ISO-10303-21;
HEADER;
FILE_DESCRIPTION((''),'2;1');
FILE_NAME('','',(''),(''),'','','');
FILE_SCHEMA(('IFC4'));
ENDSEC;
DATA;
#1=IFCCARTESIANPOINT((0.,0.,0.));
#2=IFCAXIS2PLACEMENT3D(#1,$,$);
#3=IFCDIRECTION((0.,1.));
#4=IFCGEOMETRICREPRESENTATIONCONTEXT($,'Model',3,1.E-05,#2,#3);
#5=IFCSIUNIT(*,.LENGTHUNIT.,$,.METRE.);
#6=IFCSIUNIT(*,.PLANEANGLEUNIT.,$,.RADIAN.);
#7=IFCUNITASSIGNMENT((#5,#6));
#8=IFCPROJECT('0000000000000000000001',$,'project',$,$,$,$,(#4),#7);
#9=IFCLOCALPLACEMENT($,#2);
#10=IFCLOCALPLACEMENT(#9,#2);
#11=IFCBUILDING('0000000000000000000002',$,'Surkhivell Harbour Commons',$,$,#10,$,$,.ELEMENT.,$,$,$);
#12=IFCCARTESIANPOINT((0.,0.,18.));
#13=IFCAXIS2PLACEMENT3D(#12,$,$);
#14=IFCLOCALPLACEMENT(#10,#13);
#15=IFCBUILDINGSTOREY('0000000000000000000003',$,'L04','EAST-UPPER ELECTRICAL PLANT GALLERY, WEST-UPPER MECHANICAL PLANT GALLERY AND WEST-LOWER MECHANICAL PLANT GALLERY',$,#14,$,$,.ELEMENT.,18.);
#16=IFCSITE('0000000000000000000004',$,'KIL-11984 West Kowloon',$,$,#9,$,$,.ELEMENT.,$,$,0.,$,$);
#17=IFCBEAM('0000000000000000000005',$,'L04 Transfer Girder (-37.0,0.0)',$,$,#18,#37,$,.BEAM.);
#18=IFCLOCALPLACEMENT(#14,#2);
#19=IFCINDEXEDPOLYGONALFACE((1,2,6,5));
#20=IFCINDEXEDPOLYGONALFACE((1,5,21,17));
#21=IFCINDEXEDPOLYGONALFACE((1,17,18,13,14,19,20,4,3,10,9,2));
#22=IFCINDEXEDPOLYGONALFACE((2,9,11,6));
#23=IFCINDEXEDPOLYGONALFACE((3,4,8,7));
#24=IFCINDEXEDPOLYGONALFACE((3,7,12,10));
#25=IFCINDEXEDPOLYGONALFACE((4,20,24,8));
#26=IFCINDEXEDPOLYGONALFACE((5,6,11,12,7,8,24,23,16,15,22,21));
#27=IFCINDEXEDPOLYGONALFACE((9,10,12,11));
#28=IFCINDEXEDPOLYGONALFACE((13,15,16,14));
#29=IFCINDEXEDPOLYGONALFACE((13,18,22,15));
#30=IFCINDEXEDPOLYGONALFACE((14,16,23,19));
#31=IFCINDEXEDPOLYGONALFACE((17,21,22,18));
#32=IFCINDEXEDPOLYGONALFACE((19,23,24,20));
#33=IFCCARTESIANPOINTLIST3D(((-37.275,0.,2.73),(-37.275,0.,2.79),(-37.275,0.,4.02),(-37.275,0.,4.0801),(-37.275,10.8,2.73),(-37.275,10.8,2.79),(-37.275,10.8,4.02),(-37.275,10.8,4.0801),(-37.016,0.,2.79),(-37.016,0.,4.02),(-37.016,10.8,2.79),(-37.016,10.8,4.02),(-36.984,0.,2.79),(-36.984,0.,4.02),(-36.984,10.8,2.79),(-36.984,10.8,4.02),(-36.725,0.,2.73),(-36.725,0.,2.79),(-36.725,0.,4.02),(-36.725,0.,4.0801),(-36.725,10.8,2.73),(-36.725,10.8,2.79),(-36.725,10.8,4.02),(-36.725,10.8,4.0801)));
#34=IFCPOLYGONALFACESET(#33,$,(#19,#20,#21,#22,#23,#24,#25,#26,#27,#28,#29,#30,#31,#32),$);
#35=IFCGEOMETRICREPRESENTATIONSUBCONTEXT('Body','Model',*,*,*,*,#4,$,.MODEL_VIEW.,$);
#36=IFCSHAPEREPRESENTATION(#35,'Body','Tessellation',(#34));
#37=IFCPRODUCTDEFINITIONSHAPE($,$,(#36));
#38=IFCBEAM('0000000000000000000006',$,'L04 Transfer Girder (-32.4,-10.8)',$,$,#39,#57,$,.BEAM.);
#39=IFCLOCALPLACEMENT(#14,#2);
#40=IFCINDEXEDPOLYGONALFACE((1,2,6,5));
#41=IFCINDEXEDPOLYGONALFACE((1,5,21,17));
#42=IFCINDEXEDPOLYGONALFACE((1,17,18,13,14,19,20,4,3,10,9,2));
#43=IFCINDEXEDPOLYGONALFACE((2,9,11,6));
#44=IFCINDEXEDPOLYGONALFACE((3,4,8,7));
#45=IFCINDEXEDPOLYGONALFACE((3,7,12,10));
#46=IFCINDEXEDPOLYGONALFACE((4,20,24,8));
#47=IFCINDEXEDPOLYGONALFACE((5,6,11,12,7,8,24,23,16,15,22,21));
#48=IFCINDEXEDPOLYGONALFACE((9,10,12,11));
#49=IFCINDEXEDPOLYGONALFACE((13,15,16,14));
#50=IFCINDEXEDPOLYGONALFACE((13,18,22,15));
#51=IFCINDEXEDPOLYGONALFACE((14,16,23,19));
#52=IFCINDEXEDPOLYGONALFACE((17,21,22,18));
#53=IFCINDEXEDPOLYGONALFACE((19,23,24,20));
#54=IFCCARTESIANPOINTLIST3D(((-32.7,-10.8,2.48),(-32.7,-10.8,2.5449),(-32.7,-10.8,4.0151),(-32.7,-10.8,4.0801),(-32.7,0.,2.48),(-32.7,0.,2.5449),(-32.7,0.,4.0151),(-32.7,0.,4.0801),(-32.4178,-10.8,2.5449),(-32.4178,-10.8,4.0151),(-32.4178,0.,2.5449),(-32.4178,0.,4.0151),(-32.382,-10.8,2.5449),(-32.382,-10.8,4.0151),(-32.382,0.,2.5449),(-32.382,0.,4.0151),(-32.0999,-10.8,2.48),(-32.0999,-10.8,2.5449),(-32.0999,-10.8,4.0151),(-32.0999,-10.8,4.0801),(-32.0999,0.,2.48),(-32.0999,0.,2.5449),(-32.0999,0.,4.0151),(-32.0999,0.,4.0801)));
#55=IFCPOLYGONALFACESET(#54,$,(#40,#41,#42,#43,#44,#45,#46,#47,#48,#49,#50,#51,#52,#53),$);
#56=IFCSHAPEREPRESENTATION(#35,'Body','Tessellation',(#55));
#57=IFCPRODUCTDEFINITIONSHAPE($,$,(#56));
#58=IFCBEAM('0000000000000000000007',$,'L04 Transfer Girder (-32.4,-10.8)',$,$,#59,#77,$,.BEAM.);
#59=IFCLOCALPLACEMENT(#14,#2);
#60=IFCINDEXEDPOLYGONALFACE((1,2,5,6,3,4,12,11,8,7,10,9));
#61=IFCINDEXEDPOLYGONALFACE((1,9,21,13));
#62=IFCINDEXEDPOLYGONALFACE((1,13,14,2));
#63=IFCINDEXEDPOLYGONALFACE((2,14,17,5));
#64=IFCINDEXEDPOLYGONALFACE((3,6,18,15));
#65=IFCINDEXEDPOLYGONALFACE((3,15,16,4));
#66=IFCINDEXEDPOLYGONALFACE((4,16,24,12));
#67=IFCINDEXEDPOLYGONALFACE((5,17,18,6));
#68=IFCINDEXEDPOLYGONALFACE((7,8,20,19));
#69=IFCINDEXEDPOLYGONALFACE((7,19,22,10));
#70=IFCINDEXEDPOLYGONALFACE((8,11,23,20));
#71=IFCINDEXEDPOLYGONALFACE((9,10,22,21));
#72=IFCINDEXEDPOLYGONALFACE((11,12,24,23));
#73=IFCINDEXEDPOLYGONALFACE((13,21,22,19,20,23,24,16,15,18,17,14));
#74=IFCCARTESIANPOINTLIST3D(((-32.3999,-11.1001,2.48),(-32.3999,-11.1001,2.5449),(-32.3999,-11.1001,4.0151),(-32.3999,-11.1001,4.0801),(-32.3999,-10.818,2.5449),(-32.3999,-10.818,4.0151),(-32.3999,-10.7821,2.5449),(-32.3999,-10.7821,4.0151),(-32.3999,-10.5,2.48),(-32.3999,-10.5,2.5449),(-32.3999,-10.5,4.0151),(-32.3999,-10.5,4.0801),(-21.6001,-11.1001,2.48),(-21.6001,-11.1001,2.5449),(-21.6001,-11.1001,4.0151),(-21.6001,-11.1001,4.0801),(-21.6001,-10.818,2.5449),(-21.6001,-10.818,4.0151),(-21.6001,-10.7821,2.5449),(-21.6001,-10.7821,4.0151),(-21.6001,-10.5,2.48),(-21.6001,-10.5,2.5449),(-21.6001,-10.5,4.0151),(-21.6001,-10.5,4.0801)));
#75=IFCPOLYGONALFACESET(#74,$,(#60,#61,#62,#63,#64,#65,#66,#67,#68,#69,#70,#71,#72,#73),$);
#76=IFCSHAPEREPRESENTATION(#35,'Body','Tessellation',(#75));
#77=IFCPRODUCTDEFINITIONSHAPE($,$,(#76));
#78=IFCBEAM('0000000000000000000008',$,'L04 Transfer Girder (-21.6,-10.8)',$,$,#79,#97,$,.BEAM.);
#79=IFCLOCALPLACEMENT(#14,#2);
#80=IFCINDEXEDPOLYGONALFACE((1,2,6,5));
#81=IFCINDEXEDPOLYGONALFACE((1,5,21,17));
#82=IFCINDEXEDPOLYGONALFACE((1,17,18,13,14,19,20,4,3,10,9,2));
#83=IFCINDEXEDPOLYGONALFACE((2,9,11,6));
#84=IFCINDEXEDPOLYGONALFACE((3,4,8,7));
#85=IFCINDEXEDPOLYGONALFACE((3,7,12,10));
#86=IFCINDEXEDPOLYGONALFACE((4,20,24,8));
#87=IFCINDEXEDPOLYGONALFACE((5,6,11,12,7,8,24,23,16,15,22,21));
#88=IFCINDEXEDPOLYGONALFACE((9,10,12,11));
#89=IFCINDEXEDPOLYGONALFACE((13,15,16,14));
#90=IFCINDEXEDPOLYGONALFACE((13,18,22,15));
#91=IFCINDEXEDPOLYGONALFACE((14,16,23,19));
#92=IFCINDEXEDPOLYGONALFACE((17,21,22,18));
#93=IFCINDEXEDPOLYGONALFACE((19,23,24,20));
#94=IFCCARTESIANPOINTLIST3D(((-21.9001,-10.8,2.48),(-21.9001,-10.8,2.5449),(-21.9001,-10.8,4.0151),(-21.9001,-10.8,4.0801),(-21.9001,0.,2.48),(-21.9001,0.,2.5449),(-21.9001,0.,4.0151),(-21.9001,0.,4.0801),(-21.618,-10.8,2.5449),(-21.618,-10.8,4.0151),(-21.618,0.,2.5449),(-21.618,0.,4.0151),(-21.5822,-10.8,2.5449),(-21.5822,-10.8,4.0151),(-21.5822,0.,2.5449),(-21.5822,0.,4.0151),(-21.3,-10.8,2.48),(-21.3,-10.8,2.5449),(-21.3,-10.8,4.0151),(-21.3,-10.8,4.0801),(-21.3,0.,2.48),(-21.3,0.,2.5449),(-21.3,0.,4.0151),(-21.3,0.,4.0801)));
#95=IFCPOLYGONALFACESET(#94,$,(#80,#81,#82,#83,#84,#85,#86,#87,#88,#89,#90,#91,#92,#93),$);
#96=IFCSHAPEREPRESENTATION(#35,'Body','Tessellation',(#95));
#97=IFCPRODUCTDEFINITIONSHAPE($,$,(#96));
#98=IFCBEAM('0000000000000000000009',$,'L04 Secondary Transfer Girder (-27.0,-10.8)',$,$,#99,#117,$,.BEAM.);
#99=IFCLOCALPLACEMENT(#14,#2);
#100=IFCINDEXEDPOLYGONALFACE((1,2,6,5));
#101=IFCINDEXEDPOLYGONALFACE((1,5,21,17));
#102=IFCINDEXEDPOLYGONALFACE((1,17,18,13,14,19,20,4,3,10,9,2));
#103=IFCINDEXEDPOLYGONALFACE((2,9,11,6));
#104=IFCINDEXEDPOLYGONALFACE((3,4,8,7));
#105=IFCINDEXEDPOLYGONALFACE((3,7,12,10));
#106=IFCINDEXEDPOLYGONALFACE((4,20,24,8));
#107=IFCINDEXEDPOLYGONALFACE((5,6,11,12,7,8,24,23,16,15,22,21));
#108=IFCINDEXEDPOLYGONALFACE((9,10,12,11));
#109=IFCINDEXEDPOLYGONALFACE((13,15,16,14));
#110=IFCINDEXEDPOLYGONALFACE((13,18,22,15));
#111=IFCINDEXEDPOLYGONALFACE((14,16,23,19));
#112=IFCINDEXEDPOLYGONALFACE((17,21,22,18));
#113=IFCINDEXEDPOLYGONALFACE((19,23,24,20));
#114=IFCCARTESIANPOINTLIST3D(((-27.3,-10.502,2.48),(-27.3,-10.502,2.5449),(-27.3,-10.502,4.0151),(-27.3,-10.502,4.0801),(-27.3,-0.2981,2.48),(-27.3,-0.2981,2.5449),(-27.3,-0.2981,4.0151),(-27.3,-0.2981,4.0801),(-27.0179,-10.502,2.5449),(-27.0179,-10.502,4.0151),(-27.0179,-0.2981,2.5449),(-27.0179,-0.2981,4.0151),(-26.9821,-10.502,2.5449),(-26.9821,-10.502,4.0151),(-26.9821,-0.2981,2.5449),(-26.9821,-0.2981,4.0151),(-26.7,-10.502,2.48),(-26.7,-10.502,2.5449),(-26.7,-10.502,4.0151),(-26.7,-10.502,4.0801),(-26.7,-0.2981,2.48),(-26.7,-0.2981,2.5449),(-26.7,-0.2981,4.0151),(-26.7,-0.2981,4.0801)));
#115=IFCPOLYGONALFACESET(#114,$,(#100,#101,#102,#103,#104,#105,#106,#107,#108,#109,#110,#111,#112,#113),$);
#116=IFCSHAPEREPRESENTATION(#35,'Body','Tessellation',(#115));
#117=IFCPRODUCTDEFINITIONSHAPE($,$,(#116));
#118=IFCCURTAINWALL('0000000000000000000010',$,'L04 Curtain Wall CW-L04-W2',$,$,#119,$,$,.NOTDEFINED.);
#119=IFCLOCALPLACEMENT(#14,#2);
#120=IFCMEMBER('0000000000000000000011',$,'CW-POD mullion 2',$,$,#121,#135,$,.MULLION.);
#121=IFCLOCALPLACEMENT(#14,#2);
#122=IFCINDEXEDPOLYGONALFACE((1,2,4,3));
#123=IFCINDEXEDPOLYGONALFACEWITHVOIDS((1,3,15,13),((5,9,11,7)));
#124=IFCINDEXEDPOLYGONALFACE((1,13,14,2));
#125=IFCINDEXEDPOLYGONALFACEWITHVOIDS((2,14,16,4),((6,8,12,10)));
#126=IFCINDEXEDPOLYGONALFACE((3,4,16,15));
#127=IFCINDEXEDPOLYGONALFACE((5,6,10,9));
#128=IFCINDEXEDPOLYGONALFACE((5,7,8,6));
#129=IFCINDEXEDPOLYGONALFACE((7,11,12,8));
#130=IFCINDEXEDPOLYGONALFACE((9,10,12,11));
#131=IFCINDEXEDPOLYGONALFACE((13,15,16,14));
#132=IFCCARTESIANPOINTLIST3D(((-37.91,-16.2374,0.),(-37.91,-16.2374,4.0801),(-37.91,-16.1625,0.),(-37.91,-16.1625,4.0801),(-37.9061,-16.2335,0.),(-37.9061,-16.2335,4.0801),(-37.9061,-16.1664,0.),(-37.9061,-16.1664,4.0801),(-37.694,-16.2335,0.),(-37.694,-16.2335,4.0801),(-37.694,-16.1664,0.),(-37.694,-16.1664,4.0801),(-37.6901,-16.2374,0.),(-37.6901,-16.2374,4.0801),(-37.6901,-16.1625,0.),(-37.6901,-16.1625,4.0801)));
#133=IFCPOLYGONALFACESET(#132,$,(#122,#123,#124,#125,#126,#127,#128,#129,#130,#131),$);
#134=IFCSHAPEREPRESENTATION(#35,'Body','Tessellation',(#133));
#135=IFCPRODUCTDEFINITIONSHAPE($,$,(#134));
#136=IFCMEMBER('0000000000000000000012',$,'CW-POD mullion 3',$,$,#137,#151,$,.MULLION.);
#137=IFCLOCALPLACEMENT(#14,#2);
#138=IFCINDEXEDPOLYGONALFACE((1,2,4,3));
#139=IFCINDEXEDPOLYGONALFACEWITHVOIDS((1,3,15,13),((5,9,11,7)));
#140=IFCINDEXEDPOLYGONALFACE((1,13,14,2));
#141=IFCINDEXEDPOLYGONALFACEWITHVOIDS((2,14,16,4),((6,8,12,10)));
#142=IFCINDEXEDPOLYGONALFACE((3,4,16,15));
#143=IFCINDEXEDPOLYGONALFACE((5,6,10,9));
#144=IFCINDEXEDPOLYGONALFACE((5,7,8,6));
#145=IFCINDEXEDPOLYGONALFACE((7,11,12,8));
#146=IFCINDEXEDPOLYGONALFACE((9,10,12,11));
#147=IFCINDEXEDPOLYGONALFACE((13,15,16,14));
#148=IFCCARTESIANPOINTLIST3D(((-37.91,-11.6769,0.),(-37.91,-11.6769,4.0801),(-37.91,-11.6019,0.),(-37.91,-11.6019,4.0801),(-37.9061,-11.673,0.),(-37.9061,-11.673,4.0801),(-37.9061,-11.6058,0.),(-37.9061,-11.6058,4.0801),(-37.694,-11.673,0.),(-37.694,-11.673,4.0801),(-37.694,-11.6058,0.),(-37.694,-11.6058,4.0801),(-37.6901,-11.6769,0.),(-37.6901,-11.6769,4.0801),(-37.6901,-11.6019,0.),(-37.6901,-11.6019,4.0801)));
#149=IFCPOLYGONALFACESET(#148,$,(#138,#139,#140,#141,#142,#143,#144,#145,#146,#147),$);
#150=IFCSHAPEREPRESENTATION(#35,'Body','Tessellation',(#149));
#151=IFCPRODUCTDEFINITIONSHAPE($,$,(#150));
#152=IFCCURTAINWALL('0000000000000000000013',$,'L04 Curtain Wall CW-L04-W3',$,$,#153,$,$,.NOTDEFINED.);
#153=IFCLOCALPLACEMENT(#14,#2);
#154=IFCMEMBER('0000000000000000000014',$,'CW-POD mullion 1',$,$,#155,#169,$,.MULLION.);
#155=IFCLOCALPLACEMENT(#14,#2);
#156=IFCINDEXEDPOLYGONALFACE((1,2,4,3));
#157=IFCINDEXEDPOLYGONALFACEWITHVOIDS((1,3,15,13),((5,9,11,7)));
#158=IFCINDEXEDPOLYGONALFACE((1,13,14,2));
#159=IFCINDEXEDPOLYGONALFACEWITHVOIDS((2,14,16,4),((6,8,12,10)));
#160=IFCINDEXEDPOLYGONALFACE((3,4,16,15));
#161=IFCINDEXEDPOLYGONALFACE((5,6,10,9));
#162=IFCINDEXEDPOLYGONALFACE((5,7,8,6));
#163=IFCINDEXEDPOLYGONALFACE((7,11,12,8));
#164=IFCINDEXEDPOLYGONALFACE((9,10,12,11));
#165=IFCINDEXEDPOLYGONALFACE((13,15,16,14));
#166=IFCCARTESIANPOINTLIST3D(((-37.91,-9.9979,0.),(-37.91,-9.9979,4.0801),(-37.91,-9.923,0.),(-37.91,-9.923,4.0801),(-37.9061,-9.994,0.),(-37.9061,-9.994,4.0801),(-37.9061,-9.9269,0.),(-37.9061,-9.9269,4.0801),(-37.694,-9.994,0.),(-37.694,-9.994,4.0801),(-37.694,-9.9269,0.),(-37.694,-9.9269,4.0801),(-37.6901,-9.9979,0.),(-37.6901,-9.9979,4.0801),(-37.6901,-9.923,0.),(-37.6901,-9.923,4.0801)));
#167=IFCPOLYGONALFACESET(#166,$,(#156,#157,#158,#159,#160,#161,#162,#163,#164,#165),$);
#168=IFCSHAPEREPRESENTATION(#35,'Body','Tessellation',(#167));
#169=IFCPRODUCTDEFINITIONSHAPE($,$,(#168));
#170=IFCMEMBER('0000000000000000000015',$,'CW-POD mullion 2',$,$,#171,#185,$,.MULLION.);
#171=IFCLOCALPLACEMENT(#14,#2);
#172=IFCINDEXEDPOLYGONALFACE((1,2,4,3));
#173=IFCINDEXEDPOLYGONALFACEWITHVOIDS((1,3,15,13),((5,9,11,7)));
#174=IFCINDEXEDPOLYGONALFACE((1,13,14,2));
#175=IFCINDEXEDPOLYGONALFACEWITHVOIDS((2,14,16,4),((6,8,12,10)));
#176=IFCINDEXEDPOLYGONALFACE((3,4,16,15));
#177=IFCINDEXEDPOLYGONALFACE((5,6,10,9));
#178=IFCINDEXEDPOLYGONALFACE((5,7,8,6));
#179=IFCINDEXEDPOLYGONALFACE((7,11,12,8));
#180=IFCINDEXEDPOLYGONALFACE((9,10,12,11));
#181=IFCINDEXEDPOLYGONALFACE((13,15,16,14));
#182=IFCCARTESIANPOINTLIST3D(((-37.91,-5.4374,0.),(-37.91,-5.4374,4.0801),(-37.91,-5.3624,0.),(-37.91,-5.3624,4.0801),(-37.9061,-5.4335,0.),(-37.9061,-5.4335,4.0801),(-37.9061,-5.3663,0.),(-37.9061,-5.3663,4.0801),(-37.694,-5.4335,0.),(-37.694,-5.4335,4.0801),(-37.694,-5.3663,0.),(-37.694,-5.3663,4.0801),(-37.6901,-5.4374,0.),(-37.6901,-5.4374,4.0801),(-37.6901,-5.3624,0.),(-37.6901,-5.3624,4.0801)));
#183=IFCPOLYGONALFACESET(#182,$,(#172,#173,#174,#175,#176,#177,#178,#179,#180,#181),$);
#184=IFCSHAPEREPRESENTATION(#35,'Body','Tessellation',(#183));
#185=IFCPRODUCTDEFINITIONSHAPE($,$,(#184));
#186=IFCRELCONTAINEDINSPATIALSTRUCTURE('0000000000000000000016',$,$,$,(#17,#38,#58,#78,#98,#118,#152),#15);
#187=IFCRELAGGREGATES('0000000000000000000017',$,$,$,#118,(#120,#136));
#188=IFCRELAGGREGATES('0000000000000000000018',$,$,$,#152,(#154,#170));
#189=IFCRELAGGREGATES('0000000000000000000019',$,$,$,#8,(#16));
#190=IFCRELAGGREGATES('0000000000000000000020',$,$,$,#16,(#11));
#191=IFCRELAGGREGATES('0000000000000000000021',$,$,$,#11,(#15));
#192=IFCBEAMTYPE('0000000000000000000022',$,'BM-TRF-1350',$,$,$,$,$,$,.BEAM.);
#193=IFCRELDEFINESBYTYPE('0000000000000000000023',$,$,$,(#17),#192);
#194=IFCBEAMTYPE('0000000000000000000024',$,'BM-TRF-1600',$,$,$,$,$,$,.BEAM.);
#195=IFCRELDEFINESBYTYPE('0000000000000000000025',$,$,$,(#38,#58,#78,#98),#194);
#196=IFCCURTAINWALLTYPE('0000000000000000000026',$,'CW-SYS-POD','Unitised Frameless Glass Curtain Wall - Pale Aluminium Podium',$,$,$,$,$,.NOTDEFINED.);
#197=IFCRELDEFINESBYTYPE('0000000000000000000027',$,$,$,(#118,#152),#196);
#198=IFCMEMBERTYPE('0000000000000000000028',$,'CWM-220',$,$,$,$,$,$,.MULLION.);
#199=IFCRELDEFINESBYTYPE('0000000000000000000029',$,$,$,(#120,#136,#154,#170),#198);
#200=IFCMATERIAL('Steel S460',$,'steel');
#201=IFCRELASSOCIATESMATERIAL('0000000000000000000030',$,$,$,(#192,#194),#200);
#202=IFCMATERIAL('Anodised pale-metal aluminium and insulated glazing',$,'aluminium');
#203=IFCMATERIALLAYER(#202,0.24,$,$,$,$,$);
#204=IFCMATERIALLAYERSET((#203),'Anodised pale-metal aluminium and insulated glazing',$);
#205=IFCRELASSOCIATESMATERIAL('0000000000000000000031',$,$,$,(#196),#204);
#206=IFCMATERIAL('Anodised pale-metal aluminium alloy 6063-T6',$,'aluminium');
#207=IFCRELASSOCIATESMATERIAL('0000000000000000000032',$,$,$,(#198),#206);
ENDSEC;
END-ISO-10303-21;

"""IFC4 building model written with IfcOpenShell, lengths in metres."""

from ifc_helpers import new_model, si_unit, direction, frame, origin, origin_2d, place, context, subcontext, project, spatial, hollow_rectangle, i_section, extrude, material, layer, layer_set, material_profile, profile_set, type_object, element, aggregate, save


model = new_model("IFC4")

# Units and contexts
model_context = context("Model", 3, precision=1e-05, world=origin(), true_north=direction((0.0, 1.0)))
body_context = subcontext(model_context, "Body", "Model", "MODEL_VIEW")
ifc_project = project(units=[si_unit("LENGTHUNIT", "METRE"), si_unit("PLANEANGLEUNIT", "RADIAN")], contexts=[model_context])

# Site, building, storey
site_placement = place(None, origin())
site = spatial("IfcSite", under=ifc_project, at=site_placement, Name="KIL-11984 West Kowloon", CompositionType="ELEMENT", RefElevation=0.0)
building_placement = place(site_placement, origin())
building = spatial("IfcBuilding", under=site, at=building_placement, Name="Surkhivell Harbour Commons", CompositionType="ELEMENT")
storey_placement = place(building_placement, frame((0.0, 0.0, 18.0)))
storey = spatial("IfcBuildingStorey", under=building, at=storey_placement, Name="L04", Description="EAST-UPPER ELECTRICAL PLANT GALLERY, WEST-UPPER MECHANICAL PLANT GALLERY AND WEST-LOWER MECHANICAL PLANT GALLERY", CompositionType="ELEMENT", Elevation=18.0)

# Beams
ifc_material_1 = material(Name="Steel S460", Category="steel")
ifc_material_profile_1 = material_profile(ifc_material_1, i_section(OverallWidth=0.55, OverallDepth=1.3501, WebThickness=0.032, FlangeThickness=0.0601, at=origin_2d()), Name="WPG1350x550x248")
ifc_profile_set_1 = profile_set([ifc_material_profile_1], Name="Steel S460")
beam_type_1 = type_object("IfcBeamType", Name="BM-TRF-1350", PredefinedType="BEAM", material=ifc_profile_set_1)
beam_1_placement = place(storey_placement, frame((-37.0, 0.0, 3.405), z_axis=(0.0, 1.0, 0.0), x_axis=(-1.0, 0.0, 0.0)))
element("IfcBeam", 1, at=beam_1_placement, inside=storey, type_object=beam_type_1, Name="L04 Transfer Girder (-37.0,0.0)", PredefinedType="BEAM", context=body_context, shape_type="SweptSolid", body=[
    extrude(i_section(OverallWidth=0.55, OverallDepth=1.3501, WebThickness=0.032, FlangeThickness=0.0601, at=origin_2d()), origin(), (0.0, 0.0, 1.0), 10.8),
])
ifc_material_profile_2 = material_profile(ifc_material_1, i_section(OverallWidth=0.6001, OverallDepth=1.6001, WebThickness=0.0359, FlangeThickness=0.0649, at=origin_2d()), Name="WPG1600x600x296")
ifc_profile_set_2 = profile_set([ifc_material_profile_2], Name="Steel S460")
beam_type_2 = type_object("IfcBeamType", Name="BM-TRF-1600", PredefinedType="BEAM", material=ifc_profile_set_2)
beam_2_placement = place(storey_placement, frame((-32.3999, -10.8, 3.28), z_axis=(0.0, 1.0, 0.0), x_axis=(-1.0, 0.0, 0.0)))
element("IfcBeam", 2, at=beam_2_placement, inside=storey, type_object=beam_type_2, Name="L04 Transfer Girder (-32.4,-10.8)", PredefinedType="BEAM", context=body_context, shape_type="SweptSolid", body=[
    extrude(i_section(OverallWidth=0.6001, OverallDepth=1.6001, WebThickness=0.0359, FlangeThickness=0.0649, at=origin_2d()), origin(), (0.0, 0.0, 1.0), 10.8),
])
beam_3_placement = place(storey_placement, frame((-32.3999, -10.8, 3.28), z_axis=(1.0, 0.0, 0.0), x_axis=(0.0, 1.0, 0.0)))
element("IfcBeam", 3, at=beam_3_placement, inside=storey, type_object=beam_type_2, Name="L04 Transfer Girder (-32.4,-10.8)", PredefinedType="BEAM", context=body_context, shape_type="SweptSolid", body=[
    extrude(i_section(OverallWidth=0.6001, OverallDepth=1.6001, WebThickness=0.0359, FlangeThickness=0.0649, at=origin_2d()), origin(), (0.0, 0.0, 1.0), 10.7998),
])
beam_4_placement = place(storey_placement, frame((-21.6001, -10.8, 3.28), z_axis=(0.0, 1.0, 0.0), x_axis=(-1.0, 0.0, 0.0)))
element("IfcBeam", 4, at=beam_4_placement, inside=storey, type_object=beam_type_2, Name="L04 Transfer Girder (-21.6,-10.8)", PredefinedType="BEAM", context=body_context, shape_type="SweptSolid", body=[
    extrude(i_section(OverallWidth=0.6001, OverallDepth=1.6001, WebThickness=0.0359, FlangeThickness=0.0649, at=origin_2d()), origin(), (0.0, 0.0, 1.0), 10.8),
])
beam_5_placement = place(storey_placement, frame((-27.0, -10.502, 3.28), z_axis=(0.0, 1.0, 0.0), x_axis=(-1.0, 0.0, 0.0)))
element("IfcBeam", 5, at=beam_5_placement, inside=storey, type_object=beam_type_2, Name="L04 Secondary Transfer Girder (-27.0,-10.8)", PredefinedType="BEAM", context=body_context, shape_type="SweptSolid", body=[
    extrude(i_section(OverallWidth=0.6001, OverallDepth=1.6001, WebThickness=0.0359, FlangeThickness=0.0649, at=origin_2d()), origin(), (0.0, 0.0, 1.0), 10.2039),
])

# Curtain walls, members
ifc_material_2 = material(Name="Anodised pale-metal aluminium and insulated glazing", Category="aluminium")
ifc_layer_1 = layer(ifc_material_2, 0.24)
ifc_layer_set_1 = layer_set([ifc_layer_1], Name="Anodised pale-metal aluminium and insulated glazing")
curtain_wall_type = type_object("IfcCurtainWallType", Name="CW-SYS-POD", Description="Unitised Frameless Glass Curtain Wall - Pale Aluminium Podium", PredefinedType="NOTDEFINED", material=ifc_layer_set_1)
curtain_wall_1_placement = place(storey_placement, origin())
curtain_wall_1 = element("IfcCurtainWall", 6, at=curtain_wall_1_placement, inside=storey, type_object=curtain_wall_type, Name="L04 Curtain Wall CW-L04-W2", PredefinedType="NOTDEFINED")
ifc_material_3 = material(Name="Anodised pale-metal aluminium alloy 6063-T6", Category="aluminium")
ifc_material_profile_3 = material_profile(ifc_material_3, hollow_rectangle(XDim=0.075, YDim=0.22, WallThickness=0.0039, at=origin_2d()), Name="ALU-MULL-75x220")
ifc_profile_set_3 = profile_set([ifc_material_profile_3], Name="Anodised pale-metal aluminium alloy 6063-T6")
member_type_1 = type_object("IfcMemberType", Name="CWM-220", PredefinedType="MULLION", material=ifc_profile_set_3)
member_1_placement = place(storey_placement, frame((-37.8, -16.2, 0.0), z_axis=(0.0, 0.0, 1.0), x_axis=(0.0, 1.0, 0.0)))
member_1 = element("IfcMember", 7, at=member_1_placement, type_object=member_type_1, Name="CW-POD mullion 2", PredefinedType="MULLION", context=body_context, shape_type="SweptSolid", body=[
    extrude(hollow_rectangle(XDim=0.075, YDim=0.22, WallThickness=0.0039, at=origin_2d()), origin(), (0.0, 0.0, 1.0), 4.0801),
])
member_2_placement = place(storey_placement, frame((-37.8, -11.6394, 0.0), z_axis=(0.0, 0.0, 1.0), x_axis=(0.0, 1.0, 0.0)))
member_2 = element("IfcMember", 8, at=member_2_placement, type_object=member_type_1, Name="CW-POD mullion 3", PredefinedType="MULLION", context=body_context, shape_type="SweptSolid", body=[
    extrude(hollow_rectangle(XDim=0.075, YDim=0.22, WallThickness=0.0039, at=origin_2d()), origin(), (0.0, 0.0, 1.0), 4.0801),
])
curtain_wall_2_placement = place(storey_placement, origin())
curtain_wall_2 = element("IfcCurtainWall", 9, at=curtain_wall_2_placement, inside=storey, type_object=curtain_wall_type, Name="L04 Curtain Wall CW-L04-W3", PredefinedType="NOTDEFINED")
member_3_placement = place(storey_placement, frame((-37.8, -9.9604, 0.0), z_axis=(0.0, 0.0, 1.0), x_axis=(0.0, 1.0, 0.0)))
member_3 = element("IfcMember", 10, at=member_3_placement, type_object=member_type_1, Name="CW-POD mullion 1", PredefinedType="MULLION", context=body_context, shape_type="SweptSolid", body=[
    extrude(hollow_rectangle(XDim=0.075, YDim=0.22, WallThickness=0.0039, at=origin_2d()), origin(), (0.0, 0.0, 1.0), 4.0801),
])
member_4_placement = place(storey_placement, frame((-37.8, -5.3999, 0.0), z_axis=(0.0, 0.0, 1.0), x_axis=(0.0, 1.0, 0.0)))
member_4 = element("IfcMember", 11, at=member_4_placement, type_object=member_type_1, Name="CW-POD mullion 2", PredefinedType="MULLION", context=body_context, shape_type="SweptSolid", body=[
    extrude(hollow_rectangle(XDim=0.075, YDim=0.22, WallThickness=0.0039, at=origin_2d()), origin(), (0.0, 0.0, 1.0), 4.0801),
])

aggregate(curtain_wall_1, [member_1, member_2])
aggregate(curtain_wall_2, [member_3, member_4])

save(model, "model.ifc")
